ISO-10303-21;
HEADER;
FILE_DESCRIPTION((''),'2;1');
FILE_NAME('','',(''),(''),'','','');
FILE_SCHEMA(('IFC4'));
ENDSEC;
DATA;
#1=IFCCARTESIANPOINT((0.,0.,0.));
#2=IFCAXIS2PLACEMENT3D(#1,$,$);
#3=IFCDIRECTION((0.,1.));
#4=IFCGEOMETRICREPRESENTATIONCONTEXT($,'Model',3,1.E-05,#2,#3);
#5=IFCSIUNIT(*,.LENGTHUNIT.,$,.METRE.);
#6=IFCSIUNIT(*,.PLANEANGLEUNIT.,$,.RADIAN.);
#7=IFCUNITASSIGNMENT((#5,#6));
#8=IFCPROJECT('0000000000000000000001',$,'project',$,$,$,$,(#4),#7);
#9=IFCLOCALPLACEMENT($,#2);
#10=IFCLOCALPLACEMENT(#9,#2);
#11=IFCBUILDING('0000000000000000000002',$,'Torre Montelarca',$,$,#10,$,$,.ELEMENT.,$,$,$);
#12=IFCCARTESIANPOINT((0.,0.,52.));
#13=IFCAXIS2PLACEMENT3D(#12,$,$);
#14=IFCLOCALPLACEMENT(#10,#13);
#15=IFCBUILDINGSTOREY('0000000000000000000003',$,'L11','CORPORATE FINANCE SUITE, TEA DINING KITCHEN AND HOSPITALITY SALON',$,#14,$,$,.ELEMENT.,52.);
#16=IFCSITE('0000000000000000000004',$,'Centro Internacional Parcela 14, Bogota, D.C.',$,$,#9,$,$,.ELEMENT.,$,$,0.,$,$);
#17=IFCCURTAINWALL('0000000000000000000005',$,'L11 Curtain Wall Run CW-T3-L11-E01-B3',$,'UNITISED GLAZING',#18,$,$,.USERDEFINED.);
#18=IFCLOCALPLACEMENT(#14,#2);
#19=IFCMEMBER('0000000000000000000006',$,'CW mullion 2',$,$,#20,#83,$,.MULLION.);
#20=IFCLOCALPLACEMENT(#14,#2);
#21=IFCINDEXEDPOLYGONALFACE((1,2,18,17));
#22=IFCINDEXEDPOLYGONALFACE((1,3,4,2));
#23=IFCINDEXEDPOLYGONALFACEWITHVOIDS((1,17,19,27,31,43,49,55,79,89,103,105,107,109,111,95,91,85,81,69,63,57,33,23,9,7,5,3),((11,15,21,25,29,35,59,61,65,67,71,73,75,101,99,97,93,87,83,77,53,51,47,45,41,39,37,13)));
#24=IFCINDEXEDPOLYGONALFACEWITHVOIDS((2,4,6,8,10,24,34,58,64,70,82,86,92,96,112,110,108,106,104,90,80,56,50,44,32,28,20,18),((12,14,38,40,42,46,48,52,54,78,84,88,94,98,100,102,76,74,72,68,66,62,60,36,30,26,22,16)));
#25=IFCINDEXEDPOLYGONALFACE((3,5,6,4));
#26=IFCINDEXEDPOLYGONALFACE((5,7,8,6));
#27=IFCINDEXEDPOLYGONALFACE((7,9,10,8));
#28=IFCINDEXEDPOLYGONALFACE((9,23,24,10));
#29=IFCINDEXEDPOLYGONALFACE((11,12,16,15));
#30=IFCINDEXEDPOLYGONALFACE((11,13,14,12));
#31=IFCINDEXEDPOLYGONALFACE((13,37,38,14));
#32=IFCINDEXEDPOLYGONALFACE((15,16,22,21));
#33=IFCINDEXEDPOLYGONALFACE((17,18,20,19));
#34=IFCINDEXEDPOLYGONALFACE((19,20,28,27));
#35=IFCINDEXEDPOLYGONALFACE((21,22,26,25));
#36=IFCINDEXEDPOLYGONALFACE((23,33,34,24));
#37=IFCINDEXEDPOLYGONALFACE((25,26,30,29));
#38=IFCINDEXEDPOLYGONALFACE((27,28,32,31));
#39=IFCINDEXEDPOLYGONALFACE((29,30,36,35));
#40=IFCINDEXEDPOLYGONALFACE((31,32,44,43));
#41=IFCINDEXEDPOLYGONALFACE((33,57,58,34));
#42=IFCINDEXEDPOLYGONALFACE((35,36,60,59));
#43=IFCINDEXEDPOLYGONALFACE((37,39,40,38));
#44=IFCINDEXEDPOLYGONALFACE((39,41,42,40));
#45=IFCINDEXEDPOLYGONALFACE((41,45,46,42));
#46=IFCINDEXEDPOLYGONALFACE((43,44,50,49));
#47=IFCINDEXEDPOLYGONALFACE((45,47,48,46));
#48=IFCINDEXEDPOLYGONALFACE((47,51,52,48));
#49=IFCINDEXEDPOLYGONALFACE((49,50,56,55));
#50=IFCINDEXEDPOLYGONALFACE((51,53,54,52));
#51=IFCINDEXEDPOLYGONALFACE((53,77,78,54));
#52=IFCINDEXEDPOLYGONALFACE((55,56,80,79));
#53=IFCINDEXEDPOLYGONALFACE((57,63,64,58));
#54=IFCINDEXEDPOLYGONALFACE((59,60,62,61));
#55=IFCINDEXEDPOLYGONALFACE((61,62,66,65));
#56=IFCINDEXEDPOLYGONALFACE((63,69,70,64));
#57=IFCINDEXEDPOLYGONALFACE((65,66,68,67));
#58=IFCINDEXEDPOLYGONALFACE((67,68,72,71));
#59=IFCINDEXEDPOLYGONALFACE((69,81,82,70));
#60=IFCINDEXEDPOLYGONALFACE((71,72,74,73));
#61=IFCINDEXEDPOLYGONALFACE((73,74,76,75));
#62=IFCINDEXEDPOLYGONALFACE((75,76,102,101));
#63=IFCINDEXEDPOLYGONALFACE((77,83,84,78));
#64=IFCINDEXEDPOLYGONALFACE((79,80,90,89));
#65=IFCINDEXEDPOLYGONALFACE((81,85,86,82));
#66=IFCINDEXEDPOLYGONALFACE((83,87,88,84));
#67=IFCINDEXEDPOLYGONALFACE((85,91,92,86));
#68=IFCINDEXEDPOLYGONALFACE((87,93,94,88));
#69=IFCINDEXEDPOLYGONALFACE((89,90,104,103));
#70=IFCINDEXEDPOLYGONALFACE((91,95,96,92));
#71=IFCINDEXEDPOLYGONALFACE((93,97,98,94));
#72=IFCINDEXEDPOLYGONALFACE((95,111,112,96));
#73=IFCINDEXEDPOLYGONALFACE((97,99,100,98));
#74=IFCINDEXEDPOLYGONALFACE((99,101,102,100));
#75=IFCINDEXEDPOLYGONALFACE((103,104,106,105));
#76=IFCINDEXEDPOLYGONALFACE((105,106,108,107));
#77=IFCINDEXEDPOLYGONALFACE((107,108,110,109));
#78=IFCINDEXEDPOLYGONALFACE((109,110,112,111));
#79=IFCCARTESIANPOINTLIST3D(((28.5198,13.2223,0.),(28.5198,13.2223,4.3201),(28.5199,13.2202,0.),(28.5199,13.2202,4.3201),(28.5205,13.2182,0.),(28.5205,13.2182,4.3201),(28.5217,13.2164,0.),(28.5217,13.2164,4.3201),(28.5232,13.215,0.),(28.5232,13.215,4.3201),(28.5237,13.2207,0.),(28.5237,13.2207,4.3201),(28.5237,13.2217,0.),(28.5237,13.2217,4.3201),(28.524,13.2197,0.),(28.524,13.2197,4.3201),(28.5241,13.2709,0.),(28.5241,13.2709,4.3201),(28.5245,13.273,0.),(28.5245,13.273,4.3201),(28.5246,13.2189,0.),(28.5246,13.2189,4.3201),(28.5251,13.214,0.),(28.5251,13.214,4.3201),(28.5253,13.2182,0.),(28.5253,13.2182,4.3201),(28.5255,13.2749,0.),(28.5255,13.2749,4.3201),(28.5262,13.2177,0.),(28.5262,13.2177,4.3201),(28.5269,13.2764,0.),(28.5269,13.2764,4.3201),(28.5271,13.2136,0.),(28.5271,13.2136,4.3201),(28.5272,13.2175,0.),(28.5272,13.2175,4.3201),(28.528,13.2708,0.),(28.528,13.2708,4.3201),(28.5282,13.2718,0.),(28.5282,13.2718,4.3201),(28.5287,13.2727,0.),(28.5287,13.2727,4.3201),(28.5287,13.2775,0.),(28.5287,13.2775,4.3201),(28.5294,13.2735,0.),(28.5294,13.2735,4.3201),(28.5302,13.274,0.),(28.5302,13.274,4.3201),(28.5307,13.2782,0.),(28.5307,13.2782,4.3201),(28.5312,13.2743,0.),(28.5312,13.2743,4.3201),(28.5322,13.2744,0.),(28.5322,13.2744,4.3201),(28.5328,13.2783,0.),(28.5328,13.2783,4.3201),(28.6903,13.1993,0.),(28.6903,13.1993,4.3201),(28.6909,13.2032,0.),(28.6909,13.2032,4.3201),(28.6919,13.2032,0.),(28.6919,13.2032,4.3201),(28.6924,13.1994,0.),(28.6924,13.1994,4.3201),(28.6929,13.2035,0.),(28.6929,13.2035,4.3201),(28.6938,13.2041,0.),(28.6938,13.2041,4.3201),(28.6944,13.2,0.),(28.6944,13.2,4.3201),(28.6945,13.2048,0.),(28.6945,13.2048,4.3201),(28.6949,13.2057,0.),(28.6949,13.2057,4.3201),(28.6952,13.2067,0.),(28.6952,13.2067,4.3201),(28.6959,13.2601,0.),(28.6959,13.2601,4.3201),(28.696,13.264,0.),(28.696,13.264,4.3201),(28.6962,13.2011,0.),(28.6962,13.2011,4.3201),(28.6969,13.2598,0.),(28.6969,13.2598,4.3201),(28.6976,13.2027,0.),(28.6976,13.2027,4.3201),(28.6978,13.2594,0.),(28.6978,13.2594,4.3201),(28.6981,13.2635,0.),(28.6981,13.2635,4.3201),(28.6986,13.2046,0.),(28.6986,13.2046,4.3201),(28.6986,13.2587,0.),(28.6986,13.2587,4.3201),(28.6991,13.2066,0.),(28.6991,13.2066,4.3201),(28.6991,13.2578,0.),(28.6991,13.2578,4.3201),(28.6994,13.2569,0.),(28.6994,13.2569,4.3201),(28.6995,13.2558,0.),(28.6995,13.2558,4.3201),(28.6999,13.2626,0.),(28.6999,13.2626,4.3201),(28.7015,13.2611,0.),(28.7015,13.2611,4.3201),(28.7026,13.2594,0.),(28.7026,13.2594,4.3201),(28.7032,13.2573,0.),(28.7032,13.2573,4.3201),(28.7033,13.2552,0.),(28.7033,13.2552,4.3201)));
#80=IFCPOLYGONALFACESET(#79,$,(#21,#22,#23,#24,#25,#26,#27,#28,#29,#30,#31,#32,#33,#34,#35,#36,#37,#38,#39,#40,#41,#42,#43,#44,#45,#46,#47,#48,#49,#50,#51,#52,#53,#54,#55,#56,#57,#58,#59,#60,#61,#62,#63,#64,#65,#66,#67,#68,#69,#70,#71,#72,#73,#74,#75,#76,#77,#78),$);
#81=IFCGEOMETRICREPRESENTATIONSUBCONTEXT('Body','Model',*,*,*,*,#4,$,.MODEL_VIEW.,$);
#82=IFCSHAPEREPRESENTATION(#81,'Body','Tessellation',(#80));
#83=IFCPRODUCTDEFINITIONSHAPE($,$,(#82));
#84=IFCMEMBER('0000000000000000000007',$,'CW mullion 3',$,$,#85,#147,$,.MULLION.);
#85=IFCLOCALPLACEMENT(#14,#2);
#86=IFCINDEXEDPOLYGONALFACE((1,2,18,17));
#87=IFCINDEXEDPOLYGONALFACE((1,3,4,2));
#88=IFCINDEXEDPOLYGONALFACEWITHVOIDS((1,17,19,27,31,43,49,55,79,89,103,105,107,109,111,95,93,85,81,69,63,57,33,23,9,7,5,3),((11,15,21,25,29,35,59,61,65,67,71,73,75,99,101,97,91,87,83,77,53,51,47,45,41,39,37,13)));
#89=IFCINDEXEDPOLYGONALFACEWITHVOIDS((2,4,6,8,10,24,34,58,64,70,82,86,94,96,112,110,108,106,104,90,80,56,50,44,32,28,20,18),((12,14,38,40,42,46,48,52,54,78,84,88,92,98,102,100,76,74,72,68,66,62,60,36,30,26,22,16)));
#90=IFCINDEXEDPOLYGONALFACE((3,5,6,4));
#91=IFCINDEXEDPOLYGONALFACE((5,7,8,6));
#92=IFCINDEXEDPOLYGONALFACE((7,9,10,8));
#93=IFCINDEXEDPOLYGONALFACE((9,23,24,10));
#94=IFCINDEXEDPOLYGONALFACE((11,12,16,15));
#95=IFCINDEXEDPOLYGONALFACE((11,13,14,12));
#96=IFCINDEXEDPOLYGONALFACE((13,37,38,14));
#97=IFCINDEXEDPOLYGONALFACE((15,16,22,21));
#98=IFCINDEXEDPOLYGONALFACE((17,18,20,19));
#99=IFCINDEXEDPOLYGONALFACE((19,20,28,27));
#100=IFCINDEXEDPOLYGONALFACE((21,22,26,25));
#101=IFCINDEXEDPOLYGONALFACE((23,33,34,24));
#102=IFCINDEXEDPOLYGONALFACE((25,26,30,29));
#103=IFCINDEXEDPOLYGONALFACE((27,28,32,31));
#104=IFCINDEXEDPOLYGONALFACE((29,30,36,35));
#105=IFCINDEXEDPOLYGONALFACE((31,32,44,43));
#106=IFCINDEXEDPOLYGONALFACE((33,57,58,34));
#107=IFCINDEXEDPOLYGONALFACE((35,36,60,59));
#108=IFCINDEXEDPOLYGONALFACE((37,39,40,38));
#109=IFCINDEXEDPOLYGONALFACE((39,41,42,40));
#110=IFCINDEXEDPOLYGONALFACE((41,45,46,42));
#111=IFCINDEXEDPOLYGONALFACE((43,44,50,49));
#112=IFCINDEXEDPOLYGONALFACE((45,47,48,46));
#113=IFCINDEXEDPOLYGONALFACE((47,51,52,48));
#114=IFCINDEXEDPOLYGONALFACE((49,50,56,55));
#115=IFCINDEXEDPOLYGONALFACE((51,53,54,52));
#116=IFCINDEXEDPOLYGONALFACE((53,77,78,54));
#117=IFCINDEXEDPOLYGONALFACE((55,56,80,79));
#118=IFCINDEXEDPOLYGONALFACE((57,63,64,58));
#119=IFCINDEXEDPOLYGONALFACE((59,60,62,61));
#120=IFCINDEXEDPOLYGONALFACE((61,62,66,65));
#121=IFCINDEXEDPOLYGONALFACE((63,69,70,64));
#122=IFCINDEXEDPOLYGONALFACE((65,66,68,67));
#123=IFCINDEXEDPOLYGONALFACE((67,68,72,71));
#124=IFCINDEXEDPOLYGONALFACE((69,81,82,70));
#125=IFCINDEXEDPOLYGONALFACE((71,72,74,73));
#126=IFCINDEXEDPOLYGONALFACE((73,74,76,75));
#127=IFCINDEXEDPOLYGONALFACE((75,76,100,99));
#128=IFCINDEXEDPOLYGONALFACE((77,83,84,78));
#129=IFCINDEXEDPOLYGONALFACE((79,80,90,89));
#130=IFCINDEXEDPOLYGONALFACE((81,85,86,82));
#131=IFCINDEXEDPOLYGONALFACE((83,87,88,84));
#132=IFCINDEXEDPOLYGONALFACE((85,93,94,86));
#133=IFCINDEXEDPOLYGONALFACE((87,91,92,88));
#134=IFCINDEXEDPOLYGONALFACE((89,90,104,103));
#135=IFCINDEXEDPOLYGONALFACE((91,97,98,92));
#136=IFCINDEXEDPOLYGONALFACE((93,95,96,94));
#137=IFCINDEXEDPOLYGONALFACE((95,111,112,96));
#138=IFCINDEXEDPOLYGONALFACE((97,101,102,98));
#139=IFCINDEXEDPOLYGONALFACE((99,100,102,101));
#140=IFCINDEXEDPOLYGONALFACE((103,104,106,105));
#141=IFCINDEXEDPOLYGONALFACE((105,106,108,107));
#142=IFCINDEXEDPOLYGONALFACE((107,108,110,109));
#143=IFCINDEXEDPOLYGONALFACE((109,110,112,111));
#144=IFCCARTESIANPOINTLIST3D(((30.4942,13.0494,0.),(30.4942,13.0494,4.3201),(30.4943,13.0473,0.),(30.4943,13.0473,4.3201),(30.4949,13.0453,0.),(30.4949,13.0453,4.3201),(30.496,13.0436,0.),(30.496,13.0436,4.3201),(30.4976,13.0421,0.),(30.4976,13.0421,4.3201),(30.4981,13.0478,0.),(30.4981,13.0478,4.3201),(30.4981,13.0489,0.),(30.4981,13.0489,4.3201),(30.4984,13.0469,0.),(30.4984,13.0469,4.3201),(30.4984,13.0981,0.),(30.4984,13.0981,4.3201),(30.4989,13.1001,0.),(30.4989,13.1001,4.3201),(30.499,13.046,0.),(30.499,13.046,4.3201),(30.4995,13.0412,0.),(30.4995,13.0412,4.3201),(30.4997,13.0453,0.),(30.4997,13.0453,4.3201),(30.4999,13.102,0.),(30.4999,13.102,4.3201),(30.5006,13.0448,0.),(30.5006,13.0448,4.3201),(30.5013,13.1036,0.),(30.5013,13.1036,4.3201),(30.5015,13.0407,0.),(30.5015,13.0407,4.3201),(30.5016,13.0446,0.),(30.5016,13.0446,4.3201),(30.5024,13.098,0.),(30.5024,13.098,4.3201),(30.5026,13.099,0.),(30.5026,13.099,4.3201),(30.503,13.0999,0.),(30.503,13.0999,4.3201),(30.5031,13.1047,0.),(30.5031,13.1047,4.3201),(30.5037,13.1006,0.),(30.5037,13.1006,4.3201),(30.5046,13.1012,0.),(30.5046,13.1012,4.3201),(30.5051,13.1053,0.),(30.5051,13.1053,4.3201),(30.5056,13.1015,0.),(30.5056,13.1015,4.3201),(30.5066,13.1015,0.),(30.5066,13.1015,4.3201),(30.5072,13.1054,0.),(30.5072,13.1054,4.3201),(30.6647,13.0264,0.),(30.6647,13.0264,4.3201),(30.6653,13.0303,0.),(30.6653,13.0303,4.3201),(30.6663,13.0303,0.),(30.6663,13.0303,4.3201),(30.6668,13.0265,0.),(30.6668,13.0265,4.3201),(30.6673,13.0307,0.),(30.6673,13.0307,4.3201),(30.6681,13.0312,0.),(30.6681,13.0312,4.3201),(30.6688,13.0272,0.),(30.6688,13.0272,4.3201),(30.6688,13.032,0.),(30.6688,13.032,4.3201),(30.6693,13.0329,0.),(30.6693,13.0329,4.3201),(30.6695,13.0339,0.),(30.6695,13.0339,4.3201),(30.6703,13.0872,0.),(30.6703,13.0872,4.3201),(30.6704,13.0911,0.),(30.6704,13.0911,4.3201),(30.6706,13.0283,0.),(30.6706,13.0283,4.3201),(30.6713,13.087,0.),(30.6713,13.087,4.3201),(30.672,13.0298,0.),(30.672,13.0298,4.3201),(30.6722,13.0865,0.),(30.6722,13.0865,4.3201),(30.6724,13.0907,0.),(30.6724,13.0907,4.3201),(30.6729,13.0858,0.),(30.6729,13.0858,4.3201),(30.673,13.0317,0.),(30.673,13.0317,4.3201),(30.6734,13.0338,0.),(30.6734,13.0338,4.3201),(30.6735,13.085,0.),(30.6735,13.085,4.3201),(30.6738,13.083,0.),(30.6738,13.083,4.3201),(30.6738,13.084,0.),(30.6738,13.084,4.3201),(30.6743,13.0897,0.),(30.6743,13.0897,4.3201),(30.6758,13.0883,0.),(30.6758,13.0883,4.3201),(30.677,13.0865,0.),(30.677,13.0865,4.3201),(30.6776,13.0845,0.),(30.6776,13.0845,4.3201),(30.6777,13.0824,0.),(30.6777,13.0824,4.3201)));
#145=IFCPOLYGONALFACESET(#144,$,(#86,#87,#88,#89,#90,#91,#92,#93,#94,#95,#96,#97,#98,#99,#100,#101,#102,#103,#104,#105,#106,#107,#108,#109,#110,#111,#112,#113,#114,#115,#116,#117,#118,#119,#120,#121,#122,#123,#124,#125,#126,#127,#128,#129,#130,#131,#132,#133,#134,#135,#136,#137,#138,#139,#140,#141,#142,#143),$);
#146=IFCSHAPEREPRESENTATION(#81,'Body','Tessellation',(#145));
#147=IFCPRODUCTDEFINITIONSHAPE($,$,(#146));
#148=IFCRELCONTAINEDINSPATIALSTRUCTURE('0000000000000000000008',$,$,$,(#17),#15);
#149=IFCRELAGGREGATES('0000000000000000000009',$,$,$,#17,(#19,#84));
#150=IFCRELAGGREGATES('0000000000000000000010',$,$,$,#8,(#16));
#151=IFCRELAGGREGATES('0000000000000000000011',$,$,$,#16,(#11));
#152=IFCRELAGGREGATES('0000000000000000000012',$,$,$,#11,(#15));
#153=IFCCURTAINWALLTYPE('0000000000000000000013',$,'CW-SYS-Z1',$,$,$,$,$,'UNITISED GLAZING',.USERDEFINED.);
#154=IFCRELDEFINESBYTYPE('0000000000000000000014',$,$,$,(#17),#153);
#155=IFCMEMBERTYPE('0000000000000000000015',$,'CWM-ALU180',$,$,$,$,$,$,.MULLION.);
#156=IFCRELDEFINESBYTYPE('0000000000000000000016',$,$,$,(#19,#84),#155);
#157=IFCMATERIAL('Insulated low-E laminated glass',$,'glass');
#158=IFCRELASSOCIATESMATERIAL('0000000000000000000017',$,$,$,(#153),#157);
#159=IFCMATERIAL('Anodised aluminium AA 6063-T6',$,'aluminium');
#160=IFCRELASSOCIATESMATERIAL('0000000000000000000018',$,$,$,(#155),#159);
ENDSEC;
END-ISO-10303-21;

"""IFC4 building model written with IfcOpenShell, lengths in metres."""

from ifc_helpers import new_model, si_unit, direction, frame, origin, origin_2d, place, context, subcontext, project, spatial, hollow_rectangle, extrude, source, transform, mapped, material, material_profile, profile_set, type_object, element, aggregate, save


model = new_model("IFC4")

# Units and contexts
model_context = context("Model", 3, precision=1e-05, world=origin(), true_north=direction((0.0, 1.0)))
body_context = subcontext(model_context, "Body", "Model", "MODEL_VIEW")
ifc_project = project(units=[si_unit("LENGTHUNIT", "METRE"), si_unit("PLANEANGLEUNIT", "RADIAN")], contexts=[model_context])

# Site, building, storey
site_placement = place(None, origin())
site = spatial("IfcSite", under=ifc_project, at=site_placement, Name="Centro Internacional Parcela 14, Bogota, D.C.", CompositionType="ELEMENT", RefElevation=0.0)
building_placement = place(site_placement, origin())
building = spatial("IfcBuilding", under=site, at=building_placement, Name="Torre Montelarca", CompositionType="ELEMENT")
storey_placement = place(building_placement, frame((0.0, 0.0, 52.0)))
storey = spatial("IfcBuildingStorey", under=building, at=storey_placement, Name="L11", Description="CORPORATE FINANCE SUITE, TEA DINING KITCHEN AND HOSPITALITY SALON", CompositionType="ELEMENT", Elevation=52.0)

# Shared definitions
ifc_material_1 = material(Name="Insulated low-E laminated glass", Category="glass")
curtain_wall_type = type_object("IfcCurtainWallType", Name="CW-SYS-Z1", ElementType="UNITISED GLAZING", PredefinedType="USERDEFINED", material=ifc_material_1)
ifc_material_2 = material(Name="Anodised aluminium AA 6063-T6", Category="aluminium")
ifc_material_profile_1 = material_profile(ifc_material_2, hollow_rectangle(XDim=0.0649, YDim=0.1799, WallThickness=0.0039, InnerFilletRadius=0.0039, OuterFilletRadius=0.0081, at=origin_2d()), Name="ALU65X180X4", Category="aluminium")
ifc_profile_set_1 = profile_set([ifc_material_profile_1], Name="Anodised aluminium AA 6063-T6")
member_type_1 = type_object("IfcMemberType", Name="CWM-ALU180", PredefinedType="MULLION", material=ifc_profile_set_1)
shared_shape_1 = source(origin(), body_context, "Body", "SweptSolid", [
    extrude(hollow_rectangle(XDim=0.0649, YDim=0.1799, WallThickness=0.0039, InnerFilletRadius=0.0039, OuterFilletRadius=0.0081, at=origin_2d()), origin(), (0.0, 0.0, 1.0), 4.3201),
])

# Curtain wall, members
curtain_wall_1_placement = place(storey_placement, origin())
curtain_wall_1 = element("IfcCurtainWall", 1, at=curtain_wall_1_placement, inside=storey, type_object=curtain_wall_type, Name="L11 Curtain Wall Run CW-T3-L11-E01-B3", ObjectType="UNITISED GLAZING", PredefinedType="USERDEFINED")
member_1_placement = place(storey_placement, frame((28.6116, 13.2388, 0.0), z_axis=(0.0, 0.0, 1.0), x_axis=(0.087165, 0.996194, 0.0)))
member_1 = element("IfcMember", 2, at=member_1_placement, type_object=member_type_1, Name="CW mullion 2", PredefinedType="MULLION", context=body_context, shape_type="MappedRepresentation", body=[
    mapped(shared_shape_1, transform((0.0, 0.0, 0.0), scale=1.0)),
])
member_2_placement = place(storey_placement, frame((30.5859, 13.0659, 0.0), z_axis=(0.0, 0.0, 1.0), x_axis=(0.087165, 0.996194, 0.0)))
member_2 = element("IfcMember", 3, at=member_2_placement, type_object=member_type_1, Name="CW mullion 3", PredefinedType="MULLION", context=body_context, shape_type="MappedRepresentation", body=[
    mapped(shared_shape_1, transform((0.0, 0.0, 0.0), scale=1.0)),
])

aggregate(curtain_wall_1, [member_1, member_2])

save(model, "model.ifc")
